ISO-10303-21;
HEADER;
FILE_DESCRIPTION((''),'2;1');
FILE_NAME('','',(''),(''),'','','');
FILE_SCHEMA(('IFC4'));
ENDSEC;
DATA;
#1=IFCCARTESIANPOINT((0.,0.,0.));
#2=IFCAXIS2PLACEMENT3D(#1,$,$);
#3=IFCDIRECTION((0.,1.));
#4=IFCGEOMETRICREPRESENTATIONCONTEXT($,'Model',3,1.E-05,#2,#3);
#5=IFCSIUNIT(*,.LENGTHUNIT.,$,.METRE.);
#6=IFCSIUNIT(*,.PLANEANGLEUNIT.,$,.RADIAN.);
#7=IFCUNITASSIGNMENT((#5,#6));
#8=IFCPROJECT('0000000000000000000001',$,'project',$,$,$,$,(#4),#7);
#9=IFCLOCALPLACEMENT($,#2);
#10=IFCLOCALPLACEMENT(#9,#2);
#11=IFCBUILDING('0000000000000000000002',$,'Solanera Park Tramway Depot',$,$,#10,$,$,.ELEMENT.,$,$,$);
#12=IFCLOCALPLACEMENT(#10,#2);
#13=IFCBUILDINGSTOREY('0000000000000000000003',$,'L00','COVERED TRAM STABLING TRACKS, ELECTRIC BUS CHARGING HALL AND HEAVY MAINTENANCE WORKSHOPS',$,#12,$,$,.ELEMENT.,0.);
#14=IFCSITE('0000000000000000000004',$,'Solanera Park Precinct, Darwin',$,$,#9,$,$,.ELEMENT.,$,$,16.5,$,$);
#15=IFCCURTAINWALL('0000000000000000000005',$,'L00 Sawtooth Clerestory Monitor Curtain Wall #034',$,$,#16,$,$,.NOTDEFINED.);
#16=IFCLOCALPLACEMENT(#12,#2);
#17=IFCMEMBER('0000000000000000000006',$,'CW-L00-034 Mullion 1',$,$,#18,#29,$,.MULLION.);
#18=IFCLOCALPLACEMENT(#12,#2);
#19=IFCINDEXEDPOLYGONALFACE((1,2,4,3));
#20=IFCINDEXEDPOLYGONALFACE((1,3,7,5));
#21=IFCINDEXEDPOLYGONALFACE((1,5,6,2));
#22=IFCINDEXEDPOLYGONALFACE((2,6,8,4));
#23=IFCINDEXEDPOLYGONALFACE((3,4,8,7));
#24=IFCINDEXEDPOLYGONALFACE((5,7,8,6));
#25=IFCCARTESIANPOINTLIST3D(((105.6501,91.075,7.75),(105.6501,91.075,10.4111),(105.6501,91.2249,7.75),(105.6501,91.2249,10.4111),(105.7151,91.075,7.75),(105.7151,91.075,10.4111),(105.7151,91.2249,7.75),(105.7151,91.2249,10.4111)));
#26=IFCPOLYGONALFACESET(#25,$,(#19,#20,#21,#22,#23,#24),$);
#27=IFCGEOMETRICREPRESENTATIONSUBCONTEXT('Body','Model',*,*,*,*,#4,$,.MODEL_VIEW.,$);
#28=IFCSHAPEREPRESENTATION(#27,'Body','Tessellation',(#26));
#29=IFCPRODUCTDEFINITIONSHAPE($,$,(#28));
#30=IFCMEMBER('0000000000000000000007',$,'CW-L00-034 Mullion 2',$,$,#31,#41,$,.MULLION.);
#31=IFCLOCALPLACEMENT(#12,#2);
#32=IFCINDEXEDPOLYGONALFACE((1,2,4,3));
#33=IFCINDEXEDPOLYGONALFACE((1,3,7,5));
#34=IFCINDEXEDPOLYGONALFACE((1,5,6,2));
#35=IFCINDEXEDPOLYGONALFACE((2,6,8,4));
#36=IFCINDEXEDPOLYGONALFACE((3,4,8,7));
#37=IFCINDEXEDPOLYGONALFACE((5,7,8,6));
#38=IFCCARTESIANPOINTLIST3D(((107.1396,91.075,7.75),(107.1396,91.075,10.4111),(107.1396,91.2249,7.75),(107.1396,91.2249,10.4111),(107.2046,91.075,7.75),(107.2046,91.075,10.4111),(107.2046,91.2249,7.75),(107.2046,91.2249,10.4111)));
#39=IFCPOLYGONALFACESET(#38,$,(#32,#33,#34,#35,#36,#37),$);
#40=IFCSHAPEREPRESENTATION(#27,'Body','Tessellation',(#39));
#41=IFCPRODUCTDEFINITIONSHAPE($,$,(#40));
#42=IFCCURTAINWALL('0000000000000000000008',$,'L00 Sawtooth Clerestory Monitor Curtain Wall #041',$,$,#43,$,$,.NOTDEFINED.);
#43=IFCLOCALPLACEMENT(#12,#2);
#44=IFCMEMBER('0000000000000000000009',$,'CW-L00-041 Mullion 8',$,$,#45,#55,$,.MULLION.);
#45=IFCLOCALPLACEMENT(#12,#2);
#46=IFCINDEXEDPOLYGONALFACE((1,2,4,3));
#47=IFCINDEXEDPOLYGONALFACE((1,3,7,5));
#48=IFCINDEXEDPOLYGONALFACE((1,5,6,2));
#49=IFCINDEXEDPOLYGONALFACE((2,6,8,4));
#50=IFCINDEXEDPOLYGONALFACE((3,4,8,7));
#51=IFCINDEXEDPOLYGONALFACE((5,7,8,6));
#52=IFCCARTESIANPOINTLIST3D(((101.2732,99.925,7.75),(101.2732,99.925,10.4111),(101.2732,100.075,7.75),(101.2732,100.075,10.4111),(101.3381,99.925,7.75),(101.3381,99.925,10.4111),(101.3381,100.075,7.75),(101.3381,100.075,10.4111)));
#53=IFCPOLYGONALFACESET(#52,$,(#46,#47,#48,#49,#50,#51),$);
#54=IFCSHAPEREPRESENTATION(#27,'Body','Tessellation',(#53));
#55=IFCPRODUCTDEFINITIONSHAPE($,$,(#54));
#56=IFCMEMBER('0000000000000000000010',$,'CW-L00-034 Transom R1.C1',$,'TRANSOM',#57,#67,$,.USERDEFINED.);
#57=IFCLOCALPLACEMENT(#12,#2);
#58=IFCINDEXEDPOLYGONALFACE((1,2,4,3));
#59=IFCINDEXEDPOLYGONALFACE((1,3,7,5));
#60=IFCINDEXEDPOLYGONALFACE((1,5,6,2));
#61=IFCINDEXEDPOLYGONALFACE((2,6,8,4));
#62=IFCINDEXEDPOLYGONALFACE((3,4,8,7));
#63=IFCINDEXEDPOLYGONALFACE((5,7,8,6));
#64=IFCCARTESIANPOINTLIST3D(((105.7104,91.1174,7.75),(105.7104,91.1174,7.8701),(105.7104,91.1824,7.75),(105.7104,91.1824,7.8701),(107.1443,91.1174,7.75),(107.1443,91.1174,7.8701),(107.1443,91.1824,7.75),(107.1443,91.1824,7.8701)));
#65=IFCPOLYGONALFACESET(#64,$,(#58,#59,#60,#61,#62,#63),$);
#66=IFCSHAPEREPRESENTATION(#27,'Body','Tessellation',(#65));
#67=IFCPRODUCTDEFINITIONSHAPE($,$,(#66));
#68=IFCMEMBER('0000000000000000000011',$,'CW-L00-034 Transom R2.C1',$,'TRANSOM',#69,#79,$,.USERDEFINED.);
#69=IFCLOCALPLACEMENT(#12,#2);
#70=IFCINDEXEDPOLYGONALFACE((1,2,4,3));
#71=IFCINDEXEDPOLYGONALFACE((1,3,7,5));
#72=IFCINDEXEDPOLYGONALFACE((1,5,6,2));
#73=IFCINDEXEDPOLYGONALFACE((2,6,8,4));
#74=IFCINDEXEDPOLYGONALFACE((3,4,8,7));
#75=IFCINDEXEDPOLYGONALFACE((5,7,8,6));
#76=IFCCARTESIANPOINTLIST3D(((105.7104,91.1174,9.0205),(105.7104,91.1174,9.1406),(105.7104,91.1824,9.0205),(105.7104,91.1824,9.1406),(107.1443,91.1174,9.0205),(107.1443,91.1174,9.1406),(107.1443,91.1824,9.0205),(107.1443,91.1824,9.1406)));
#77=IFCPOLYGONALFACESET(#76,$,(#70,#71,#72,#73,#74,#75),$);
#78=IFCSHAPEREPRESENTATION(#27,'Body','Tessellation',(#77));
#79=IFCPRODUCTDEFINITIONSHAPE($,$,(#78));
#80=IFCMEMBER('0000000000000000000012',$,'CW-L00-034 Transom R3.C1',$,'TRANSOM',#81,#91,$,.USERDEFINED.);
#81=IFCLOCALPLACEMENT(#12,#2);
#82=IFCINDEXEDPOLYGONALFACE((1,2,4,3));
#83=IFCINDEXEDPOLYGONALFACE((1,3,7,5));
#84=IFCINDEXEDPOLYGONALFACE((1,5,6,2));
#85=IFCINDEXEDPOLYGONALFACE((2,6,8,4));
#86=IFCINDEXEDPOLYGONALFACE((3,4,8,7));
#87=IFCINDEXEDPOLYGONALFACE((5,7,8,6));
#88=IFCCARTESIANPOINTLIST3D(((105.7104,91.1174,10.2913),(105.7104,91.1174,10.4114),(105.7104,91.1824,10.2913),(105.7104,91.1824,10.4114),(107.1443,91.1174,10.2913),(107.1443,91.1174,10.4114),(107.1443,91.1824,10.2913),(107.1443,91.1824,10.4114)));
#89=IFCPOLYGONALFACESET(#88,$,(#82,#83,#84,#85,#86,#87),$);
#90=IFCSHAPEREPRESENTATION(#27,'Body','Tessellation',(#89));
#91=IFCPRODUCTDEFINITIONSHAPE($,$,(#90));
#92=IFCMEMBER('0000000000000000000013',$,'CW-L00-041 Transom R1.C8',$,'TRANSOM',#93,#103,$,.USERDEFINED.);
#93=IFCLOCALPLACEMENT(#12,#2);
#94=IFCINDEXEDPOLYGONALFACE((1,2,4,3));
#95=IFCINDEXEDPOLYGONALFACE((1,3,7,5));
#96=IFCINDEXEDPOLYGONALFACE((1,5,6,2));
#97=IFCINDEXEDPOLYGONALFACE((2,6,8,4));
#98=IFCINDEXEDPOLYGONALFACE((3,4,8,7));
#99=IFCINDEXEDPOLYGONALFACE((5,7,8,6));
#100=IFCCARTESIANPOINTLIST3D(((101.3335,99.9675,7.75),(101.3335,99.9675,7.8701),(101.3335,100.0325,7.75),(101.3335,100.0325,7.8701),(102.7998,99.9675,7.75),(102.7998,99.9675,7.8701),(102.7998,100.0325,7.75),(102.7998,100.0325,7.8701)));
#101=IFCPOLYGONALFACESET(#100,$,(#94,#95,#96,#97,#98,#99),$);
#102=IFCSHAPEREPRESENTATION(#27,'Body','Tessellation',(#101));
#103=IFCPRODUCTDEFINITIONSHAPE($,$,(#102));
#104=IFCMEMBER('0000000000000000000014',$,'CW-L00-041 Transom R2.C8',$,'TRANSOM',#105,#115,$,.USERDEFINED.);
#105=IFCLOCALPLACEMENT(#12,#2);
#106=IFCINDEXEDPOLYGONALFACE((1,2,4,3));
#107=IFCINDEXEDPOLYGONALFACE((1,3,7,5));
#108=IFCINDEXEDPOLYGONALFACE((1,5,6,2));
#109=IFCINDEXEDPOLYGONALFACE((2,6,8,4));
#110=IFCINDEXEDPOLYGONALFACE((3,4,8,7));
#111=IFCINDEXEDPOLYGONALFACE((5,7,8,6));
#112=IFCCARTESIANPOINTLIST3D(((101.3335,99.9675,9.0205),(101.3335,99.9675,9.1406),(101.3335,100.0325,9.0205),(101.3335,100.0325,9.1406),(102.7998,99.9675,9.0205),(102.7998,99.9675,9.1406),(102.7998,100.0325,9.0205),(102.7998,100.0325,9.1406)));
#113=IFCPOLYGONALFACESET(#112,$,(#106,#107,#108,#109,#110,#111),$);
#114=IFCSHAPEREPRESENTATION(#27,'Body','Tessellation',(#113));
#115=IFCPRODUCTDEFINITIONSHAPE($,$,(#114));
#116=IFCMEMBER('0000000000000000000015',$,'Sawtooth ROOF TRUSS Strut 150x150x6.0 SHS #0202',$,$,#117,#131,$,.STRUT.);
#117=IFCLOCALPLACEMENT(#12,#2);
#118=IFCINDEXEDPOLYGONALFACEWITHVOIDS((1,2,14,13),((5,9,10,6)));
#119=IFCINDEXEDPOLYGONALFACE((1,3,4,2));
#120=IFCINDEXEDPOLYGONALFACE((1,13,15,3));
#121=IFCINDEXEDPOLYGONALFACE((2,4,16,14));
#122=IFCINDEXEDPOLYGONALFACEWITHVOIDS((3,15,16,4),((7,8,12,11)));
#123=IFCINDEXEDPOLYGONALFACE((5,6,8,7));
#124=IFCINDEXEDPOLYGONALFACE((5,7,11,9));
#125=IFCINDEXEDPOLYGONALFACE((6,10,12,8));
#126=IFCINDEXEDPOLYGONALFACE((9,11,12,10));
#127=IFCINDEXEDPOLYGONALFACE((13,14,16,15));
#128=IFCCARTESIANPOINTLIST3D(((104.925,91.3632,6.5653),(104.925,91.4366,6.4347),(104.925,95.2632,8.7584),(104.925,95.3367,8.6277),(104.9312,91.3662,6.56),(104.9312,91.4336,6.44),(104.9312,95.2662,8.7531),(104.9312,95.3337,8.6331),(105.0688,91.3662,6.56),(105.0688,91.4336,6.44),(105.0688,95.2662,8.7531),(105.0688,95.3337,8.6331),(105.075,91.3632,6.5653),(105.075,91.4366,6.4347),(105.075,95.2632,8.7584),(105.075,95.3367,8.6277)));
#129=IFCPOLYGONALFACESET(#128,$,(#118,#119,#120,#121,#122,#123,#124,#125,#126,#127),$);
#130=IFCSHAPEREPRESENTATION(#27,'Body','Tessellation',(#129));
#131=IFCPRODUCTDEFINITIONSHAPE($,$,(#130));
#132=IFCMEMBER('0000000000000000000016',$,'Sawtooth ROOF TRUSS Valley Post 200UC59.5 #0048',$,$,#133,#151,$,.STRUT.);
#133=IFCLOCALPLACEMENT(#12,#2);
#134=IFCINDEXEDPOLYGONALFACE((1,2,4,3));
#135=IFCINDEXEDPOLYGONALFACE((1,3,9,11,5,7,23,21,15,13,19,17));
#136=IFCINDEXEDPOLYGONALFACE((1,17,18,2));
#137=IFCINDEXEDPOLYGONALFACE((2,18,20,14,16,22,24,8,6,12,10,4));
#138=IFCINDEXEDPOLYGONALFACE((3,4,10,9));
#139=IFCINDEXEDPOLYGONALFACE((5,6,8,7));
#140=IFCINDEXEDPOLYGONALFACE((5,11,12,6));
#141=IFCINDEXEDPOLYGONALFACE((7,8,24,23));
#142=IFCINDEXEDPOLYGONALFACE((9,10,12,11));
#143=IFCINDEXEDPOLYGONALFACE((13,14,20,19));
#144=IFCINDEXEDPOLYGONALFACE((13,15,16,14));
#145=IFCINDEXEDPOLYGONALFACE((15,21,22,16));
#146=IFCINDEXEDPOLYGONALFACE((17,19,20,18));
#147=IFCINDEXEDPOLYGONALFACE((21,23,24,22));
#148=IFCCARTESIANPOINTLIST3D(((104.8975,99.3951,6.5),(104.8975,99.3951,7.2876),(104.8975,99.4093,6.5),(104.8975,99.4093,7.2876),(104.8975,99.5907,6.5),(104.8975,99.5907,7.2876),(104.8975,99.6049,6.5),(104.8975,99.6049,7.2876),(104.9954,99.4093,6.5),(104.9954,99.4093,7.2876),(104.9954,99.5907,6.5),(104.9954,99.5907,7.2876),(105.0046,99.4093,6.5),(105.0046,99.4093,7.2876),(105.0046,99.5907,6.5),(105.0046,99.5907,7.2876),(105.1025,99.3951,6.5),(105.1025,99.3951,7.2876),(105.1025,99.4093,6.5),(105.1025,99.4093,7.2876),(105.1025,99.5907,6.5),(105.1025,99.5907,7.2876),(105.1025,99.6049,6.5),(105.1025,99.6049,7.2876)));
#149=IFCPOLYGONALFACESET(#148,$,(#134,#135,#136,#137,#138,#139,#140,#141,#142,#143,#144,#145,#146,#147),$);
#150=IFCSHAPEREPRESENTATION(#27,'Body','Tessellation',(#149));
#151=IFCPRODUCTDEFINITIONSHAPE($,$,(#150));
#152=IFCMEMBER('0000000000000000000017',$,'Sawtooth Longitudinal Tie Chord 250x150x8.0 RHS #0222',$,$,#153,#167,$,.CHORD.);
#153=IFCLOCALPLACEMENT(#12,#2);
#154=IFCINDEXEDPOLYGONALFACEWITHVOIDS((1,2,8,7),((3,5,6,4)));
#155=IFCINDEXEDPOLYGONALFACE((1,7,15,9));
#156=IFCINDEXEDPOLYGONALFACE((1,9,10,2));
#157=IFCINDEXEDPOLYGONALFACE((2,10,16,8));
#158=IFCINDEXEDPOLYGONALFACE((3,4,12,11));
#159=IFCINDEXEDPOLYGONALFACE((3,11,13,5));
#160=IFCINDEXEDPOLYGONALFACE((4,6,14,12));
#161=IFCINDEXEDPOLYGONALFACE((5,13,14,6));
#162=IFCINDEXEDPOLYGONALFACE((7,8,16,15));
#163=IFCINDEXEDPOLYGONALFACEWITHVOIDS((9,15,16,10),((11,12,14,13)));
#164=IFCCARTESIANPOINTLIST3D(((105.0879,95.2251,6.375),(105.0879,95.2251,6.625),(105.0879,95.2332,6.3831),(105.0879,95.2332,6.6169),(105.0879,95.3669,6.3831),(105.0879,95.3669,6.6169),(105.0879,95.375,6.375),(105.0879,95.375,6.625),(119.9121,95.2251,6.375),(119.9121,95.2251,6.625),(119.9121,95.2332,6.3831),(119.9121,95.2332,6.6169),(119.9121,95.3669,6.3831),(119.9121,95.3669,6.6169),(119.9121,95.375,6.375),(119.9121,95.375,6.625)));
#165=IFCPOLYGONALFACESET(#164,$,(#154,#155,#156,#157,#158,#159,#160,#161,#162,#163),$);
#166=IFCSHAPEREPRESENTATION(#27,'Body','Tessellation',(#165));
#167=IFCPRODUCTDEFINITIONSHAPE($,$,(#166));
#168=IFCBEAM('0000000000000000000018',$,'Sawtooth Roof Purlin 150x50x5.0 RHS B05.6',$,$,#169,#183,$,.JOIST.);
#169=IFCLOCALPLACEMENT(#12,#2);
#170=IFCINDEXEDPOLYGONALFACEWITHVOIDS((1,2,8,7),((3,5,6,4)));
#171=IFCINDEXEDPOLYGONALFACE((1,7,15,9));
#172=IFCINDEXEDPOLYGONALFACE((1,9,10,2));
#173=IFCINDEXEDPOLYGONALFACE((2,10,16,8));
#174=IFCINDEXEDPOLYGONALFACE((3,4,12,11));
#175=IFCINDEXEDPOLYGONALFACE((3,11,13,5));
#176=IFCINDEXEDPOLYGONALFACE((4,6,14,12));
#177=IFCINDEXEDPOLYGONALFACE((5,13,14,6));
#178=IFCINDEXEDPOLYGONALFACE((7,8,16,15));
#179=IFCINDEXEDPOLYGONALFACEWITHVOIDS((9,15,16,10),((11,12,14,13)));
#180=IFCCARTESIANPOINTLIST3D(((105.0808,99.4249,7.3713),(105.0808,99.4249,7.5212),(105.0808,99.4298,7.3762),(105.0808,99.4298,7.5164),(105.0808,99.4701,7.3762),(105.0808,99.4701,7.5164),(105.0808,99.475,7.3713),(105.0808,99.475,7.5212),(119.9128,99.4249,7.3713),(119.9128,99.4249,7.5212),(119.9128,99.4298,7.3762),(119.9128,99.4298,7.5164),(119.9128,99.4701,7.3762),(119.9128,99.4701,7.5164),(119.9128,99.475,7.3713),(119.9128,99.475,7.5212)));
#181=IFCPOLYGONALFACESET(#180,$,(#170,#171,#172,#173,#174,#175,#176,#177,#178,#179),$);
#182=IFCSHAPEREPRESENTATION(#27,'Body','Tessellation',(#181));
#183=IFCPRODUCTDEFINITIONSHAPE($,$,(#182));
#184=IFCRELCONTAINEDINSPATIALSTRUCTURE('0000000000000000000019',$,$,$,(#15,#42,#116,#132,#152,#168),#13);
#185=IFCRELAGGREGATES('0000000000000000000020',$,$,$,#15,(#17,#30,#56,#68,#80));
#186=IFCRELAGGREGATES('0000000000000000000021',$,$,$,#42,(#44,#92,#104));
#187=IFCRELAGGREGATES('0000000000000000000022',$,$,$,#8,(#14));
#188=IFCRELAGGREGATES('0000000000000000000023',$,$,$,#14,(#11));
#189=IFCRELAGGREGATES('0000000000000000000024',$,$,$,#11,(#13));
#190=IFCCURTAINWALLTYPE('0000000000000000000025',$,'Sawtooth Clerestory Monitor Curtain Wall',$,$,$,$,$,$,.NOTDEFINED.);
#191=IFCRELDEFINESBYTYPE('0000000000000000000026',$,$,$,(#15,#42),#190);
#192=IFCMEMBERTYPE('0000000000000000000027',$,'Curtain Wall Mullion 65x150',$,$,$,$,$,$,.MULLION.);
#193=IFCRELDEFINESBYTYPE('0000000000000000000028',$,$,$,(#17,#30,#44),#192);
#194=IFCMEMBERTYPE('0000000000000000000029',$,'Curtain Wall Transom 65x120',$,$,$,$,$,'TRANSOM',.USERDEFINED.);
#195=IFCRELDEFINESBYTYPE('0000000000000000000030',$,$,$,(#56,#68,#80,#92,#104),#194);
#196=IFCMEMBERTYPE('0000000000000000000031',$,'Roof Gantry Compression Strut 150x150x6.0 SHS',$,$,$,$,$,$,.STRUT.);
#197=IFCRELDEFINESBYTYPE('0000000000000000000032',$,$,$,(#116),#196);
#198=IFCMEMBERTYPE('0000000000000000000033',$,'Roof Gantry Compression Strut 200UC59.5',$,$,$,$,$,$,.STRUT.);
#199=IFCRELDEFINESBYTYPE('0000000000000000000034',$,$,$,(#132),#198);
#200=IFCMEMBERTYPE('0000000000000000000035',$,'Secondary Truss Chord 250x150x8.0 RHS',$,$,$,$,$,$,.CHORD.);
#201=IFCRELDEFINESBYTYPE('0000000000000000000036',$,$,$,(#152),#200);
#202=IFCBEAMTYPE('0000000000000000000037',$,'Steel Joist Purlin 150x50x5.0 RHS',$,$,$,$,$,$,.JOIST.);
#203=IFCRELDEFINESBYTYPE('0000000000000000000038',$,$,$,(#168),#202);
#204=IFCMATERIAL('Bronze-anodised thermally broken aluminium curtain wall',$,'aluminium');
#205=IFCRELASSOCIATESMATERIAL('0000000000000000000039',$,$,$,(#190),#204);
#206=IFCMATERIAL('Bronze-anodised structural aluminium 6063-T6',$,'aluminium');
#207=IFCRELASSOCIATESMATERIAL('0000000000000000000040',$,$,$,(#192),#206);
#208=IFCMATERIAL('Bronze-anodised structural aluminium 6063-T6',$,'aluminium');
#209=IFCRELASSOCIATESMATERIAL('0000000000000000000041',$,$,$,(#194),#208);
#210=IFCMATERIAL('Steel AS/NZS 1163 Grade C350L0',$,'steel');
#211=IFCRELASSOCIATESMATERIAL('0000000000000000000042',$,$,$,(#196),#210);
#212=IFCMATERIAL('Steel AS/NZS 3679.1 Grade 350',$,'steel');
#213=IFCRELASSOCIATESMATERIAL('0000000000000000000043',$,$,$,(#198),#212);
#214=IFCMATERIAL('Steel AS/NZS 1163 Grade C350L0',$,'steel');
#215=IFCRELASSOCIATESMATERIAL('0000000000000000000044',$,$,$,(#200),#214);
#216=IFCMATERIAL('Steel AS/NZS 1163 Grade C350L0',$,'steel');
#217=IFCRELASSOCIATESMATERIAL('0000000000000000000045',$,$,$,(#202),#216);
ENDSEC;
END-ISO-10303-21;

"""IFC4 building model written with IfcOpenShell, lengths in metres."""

from ifc_helpers import new_model, si_unit, direction, frame, origin, origin_2d, place, context, subcontext, project, spatial, rectangle, hollow_rectangle, i_section, extrude, material, material_profile, profile_set, type_object, element, aggregate, save


model = new_model("IFC4")

# Units and contexts
model_context = context("Model", 3, precision=1e-05, world=origin(), true_north=direction((0.0, 1.0)))
body_context = subcontext(model_context, "Body", "Model", "MODEL_VIEW")
ifc_project = project(units=[si_unit("LENGTHUNIT", "METRE"), si_unit("PLANEANGLEUNIT", "RADIAN")], contexts=[model_context])

# Site, building, storey
site_placement = place(None, origin())
site = spatial("IfcSite", under=ifc_project, at=site_placement, Name="Solanera Park Precinct, Darwin", CompositionType="ELEMENT", RefElevation=16.5)
building_placement = place(site_placement, origin())
building = spatial("IfcBuilding", under=site, at=building_placement, Name="Solanera Park Tramway Depot", CompositionType="ELEMENT")
storey_placement = place(building_placement, origin())
storey = spatial("IfcBuildingStorey", under=building, at=storey_placement, Name="L00", Description="COVERED TRAM STABLING TRACKS, ELECTRIC BUS CHARGING HALL AND HEAVY MAINTENANCE WORKSHOPS", CompositionType="ELEMENT", Elevation=0.0)

# Curtain wall, members
ifc_material_1 = material(Name="Bronze-anodised thermally broken aluminium curtain wall", Category="aluminium")
curtain_wall_type = type_object("IfcCurtainWallType", Name="Sawtooth Clerestory Monitor Curtain Wall", PredefinedType="NOTDEFINED", material=ifc_material_1)
curtain_wall_1_placement = place(storey_placement, origin())
curtain_wall_1 = element("IfcCurtainWall", 1, at=curtain_wall_1_placement, inside=storey, type_object=curtain_wall_type, Name="L00 Sawtooth Clerestory Monitor Curtain Wall #034", PredefinedType="NOTDEFINED")
ifc_material_2 = material(Name="Bronze-anodised structural aluminium 6063-T6", Category="aluminium")
ifc_material_profile_1 = material_profile(ifc_material_2, rectangle(XDim=0.0649, YDim=0.1499, at=origin_2d()), Name="Curtain Wall Mullion 65x150")
ifc_profile_set_1 = profile_set([ifc_material_profile_1], Name="Bronze-anodised structural aluminium 6063-T6")
member_type_1 = type_object("IfcMemberType", Name="Curtain Wall Mullion 65x150", PredefinedType="MULLION", material=ifc_profile_set_1)
member_1_placement = place(storey_placement, frame((105.6826, 91.1499, 7.75), z_axis=(0.0, 0.0, 1.0), x_axis=(1.0, 0.0, 0.0)))
member_1 = element("IfcMember", 2, at=member_1_placement, type_object=member_type_1, Name="CW-L00-034 Mullion 1", PredefinedType="MULLION", context=body_context, shape_type="SweptSolid", body=[
    extrude(rectangle(XDim=0.0649, YDim=0.1499, at=origin_2d()), origin(), (0.0, 0.0, 1.0), 2.6611),
])
member_2_placement = place(storey_placement, frame((107.1721, 91.1499, 7.75), z_axis=(0.0, 0.0, 1.0), x_axis=(1.0, 0.0, 0.0)))
member_2 = element("IfcMember", 3, at=member_2_placement, type_object=member_type_1, Name="CW-L00-034 Mullion 2", PredefinedType="MULLION", context=body_context, shape_type="SweptSolid", body=[
    extrude(rectangle(XDim=0.0649, YDim=0.1499, at=origin_2d()), origin(), (0.0, 0.0, 1.0), 2.6611),
])

# Curtain wall, member
curtain_wall_2_placement = place(storey_placement, origin())
curtain_wall_2 = element("IfcCurtainWall", 4, at=curtain_wall_2_placement, inside=storey, type_object=curtain_wall_type, Name="L00 Sawtooth Clerestory Monitor Curtain Wall #041", PredefinedType="NOTDEFINED")
member_3_placement = place(storey_placement, frame((101.3057, 100.0, 7.75), z_axis=(0.0, 0.0, 1.0), x_axis=(1.0, 0.0, 0.0)))
member_3 = element("IfcMember", 5, at=member_3_placement, type_object=member_type_1, Name="CW-L00-041 Mullion 8", PredefinedType="MULLION", context=body_context, shape_type="SweptSolid", body=[
    extrude(rectangle(XDim=0.0649, YDim=0.1499, at=origin_2d()), origin(), (0.0, 0.0, 1.0), 2.6611),
])

# Members
ifc_material_3 = material(Name="Bronze-anodised structural aluminium 6063-T6", Category="aluminium")
ifc_material_profile_2 = material_profile(ifc_material_3, rectangle(XDim=0.0649, YDim=0.1201, at=origin_2d()), Name="Curtain Wall Transom 65x120")
ifc_profile_set_2 = profile_set([ifc_material_profile_2], Name="Bronze-anodised structural aluminium 6063-T6")
member_type_2 = type_object("IfcMemberType", Name="Curtain Wall Transom 65x120", ElementType="TRANSOM", PredefinedType="USERDEFINED", material=ifc_profile_set_2)
member_4_placement = place(storey_placement, frame((105.7104, 91.1499, 7.8101), z_axis=(1.0, 0.0, 0.0), x_axis=(0.0, 1.0, 0.0)))
member_4 = element("IfcMember", 6, at=member_4_placement, type_object=member_type_2, Name="CW-L00-034 Transom R1.C1", ObjectType="TRANSOM", PredefinedType="USERDEFINED", context=body_context, shape_type="SweptSolid", body=[
    extrude(rectangle(XDim=0.0649, YDim=0.1201, at=origin_2d()), origin(), (0.0, 0.0, 1.0), 1.4338),
])
member_5_placement = place(storey_placement, frame((105.7104, 91.1499, 9.0806), z_axis=(1.0, 0.0, 0.0), x_axis=(0.0, 1.0, 0.0)))
member_5 = element("IfcMember", 7, at=member_5_placement, type_object=member_type_2, Name="CW-L00-034 Transom R2.C1", ObjectType="TRANSOM", PredefinedType="USERDEFINED", context=body_context, shape_type="SweptSolid", body=[
    extrude(rectangle(XDim=0.0649, YDim=0.1201, at=origin_2d()), origin(), (0.0, 0.0, 1.0), 1.4338),
])
member_6_placement = place(storey_placement, frame((105.7104, 91.1499, 10.3513), z_axis=(1.0, 0.0, 0.0), x_axis=(0.0, 1.0, 0.0)))
member_6 = element("IfcMember", 8, at=member_6_placement, type_object=member_type_2, Name="CW-L00-034 Transom R3.C1", ObjectType="TRANSOM", PredefinedType="USERDEFINED", context=body_context, shape_type="SweptSolid", body=[
    extrude(rectangle(XDim=0.0649, YDim=0.1201, at=origin_2d()), origin(), (0.0, 0.0, 1.0), 1.4338),
])
member_7_placement = place(storey_placement, frame((101.3335, 100.0, 7.8101), z_axis=(1.0, 0.0, 0.0), x_axis=(0.0, 1.0, 0.0)))
member_7 = element("IfcMember", 9, at=member_7_placement, type_object=member_type_2, Name="CW-L00-041 Transom R1.C8", ObjectType="TRANSOM", PredefinedType="USERDEFINED", context=body_context, shape_type="SweptSolid", body=[
    extrude(rectangle(XDim=0.0649, YDim=0.1201, at=origin_2d()), origin(), (0.0, 0.0, 1.0), 1.4663),
])
member_8_placement = place(storey_placement, frame((101.3335, 100.0, 9.0806), z_axis=(1.0, 0.0, 0.0), x_axis=(0.0, 1.0, 0.0)))
member_8 = element("IfcMember", 10, at=member_8_placement, type_object=member_type_2, Name="CW-L00-041 Transom R2.C8", ObjectType="TRANSOM", PredefinedType="USERDEFINED", context=body_context, shape_type="SweptSolid", body=[
    extrude(rectangle(XDim=0.0649, YDim=0.1201, at=origin_2d()), origin(), (0.0, 0.0, 1.0), 1.4663),
])

# Members
ifc_material_4 = material(Name="Steel AS/NZS 1163 Grade C350L0", Category="steel")
ifc_material_profile_3 = material_profile(ifc_material_4, hollow_rectangle(XDim=0.1499, YDim=0.1499, WallThickness=0.0061, at=origin_2d()), Name="150x150x6.0 SHS")
ifc_profile_set_3 = profile_set([ifc_material_profile_3], Name="Steel AS/NZS 1163 Grade C350L0")
member_type_3 = type_object("IfcMemberType", Name="Roof Gantry Compression Strut 150x150x6.0 SHS", PredefinedType="STRUT", material=ifc_profile_set_3)
member_9_placement = place(storey_placement, frame((105.0, 91.3999, 6.5), z_axis=(0.0, 0.871644, 0.490139), x_axis=(-1.0, 0.0, 0.0)))
element("IfcMember", 11, at=member_9_placement, inside=storey, type_object=member_type_3, Name="Sawtooth ROOF TRUSS Strut 150x150x6.0 SHS #0202", PredefinedType="STRUT", context=body_context, shape_type="SweptSolid", body=[
    extrude(hollow_rectangle(XDim=0.1499, YDim=0.1499, WallThickness=0.0061, at=origin_2d()), origin(), (0.0, 0.0, 1.0), 4.4744),
])
ifc_material_5 = material(Name="Steel AS/NZS 3679.1 Grade 350", Category="steel")
ifc_material_profile_4 = material_profile(ifc_material_5, i_section(OverallWidth=0.2051, OverallDepth=0.2097, WebThickness=0.0093, FlangeThickness=0.0142, at=origin_2d()), Name="200UC59.5")
ifc_profile_set_4 = profile_set([ifc_material_profile_4], Name="Steel AS/NZS 3679.1 Grade 350")
member_type_4 = type_object("IfcMemberType", Name="Roof Gantry Compression Strut 200UC59.5", PredefinedType="STRUT", material=ifc_profile_set_4)
member_10_placement = place(storey_placement, frame((105.0, 99.5, 6.5), z_axis=(0.0, 0.0, 1.0), x_axis=(1.0, 0.0, 0.0)))
element("IfcMember", 12, at=member_10_placement, inside=storey, type_object=member_type_4, Name="Sawtooth ROOF TRUSS Valley Post 200UC59.5 #0048", PredefinedType="STRUT", context=body_context, shape_type="SweptSolid", body=[
    extrude(i_section(OverallWidth=0.2051, OverallDepth=0.2097, WebThickness=0.0093, FlangeThickness=0.0142, at=origin_2d()), origin(), (0.0, 0.0, 1.0), 0.7876),
])
ifc_material_6 = material(Name="Steel AS/NZS 1163 Grade C350L0", Category="steel")
ifc_material_profile_5 = material_profile(ifc_material_6, hollow_rectangle(XDim=0.1499, YDim=0.25, WallThickness=0.0081, at=origin_2d()), Name="250x150x8.0 RHS")
ifc_profile_set_5 = profile_set([ifc_material_profile_5], Name="Steel AS/NZS 1163 Grade C350L0")
member_type_5 = type_object("IfcMemberType", Name="Secondary Truss Chord 250x150x8.0 RHS", PredefinedType="CHORD", material=ifc_profile_set_5)
member_11_placement = place(storey_placement, frame((105.0879, 95.3, 6.5), z_axis=(1.0, 0.0, 0.0), x_axis=(0.0, 1.0, 0.0)))
element("IfcMember", 13, at=member_11_placement, inside=storey, type_object=member_type_5, Name="Sawtooth Longitudinal Tie Chord 250x150x8.0 RHS #0222", PredefinedType="CHORD", context=body_context, shape_type="SweptSolid", body=[
    extrude(hollow_rectangle(XDim=0.1499, YDim=0.25, WallThickness=0.0081, at=origin_2d()), origin(), (0.0, 0.0, 1.0), 14.8242),
])

# Beam
ifc_material_7 = material(Name="Steel AS/NZS 1163 Grade C350L0", Category="steel")
ifc_material_profile_6 = material_profile(ifc_material_7, hollow_rectangle(XDim=0.05, YDim=0.1499, WallThickness=0.0049, at=origin_2d()), Name="150x50x5.0 RHS")
ifc_profile_set_6 = profile_set([ifc_material_profile_6], Name="Steel AS/NZS 1163 Grade C350L0")
beam_type_1 = type_object("IfcBeamType", Name="Steel Joist Purlin 150x50x5.0 RHS", PredefinedType="JOIST", material=ifc_profile_set_6)
beam_1_placement = place(storey_placement, frame((105.0808, 99.45, 7.4463), z_axis=(1.0, 0.0, 0.0), x_axis=(0.0, 1.0, 0.0)))
element("IfcBeam", 14, at=beam_1_placement, inside=storey, type_object=beam_type_1, Name="Sawtooth Roof Purlin 150x50x5.0 RHS B05.6", PredefinedType="JOIST", context=body_context, shape_type="SweptSolid", body=[
    extrude(hollow_rectangle(XDim=0.05, YDim=0.1499, WallThickness=0.0049, at=origin_2d()), origin(), (0.0, 0.0, 1.0), 14.832),
])

aggregate(curtain_wall_1, [member_1, member_2, member_4, member_5, member_6])
aggregate(curtain_wall_2, [member_3, member_7, member_8])

save(model, "model.ifc")
